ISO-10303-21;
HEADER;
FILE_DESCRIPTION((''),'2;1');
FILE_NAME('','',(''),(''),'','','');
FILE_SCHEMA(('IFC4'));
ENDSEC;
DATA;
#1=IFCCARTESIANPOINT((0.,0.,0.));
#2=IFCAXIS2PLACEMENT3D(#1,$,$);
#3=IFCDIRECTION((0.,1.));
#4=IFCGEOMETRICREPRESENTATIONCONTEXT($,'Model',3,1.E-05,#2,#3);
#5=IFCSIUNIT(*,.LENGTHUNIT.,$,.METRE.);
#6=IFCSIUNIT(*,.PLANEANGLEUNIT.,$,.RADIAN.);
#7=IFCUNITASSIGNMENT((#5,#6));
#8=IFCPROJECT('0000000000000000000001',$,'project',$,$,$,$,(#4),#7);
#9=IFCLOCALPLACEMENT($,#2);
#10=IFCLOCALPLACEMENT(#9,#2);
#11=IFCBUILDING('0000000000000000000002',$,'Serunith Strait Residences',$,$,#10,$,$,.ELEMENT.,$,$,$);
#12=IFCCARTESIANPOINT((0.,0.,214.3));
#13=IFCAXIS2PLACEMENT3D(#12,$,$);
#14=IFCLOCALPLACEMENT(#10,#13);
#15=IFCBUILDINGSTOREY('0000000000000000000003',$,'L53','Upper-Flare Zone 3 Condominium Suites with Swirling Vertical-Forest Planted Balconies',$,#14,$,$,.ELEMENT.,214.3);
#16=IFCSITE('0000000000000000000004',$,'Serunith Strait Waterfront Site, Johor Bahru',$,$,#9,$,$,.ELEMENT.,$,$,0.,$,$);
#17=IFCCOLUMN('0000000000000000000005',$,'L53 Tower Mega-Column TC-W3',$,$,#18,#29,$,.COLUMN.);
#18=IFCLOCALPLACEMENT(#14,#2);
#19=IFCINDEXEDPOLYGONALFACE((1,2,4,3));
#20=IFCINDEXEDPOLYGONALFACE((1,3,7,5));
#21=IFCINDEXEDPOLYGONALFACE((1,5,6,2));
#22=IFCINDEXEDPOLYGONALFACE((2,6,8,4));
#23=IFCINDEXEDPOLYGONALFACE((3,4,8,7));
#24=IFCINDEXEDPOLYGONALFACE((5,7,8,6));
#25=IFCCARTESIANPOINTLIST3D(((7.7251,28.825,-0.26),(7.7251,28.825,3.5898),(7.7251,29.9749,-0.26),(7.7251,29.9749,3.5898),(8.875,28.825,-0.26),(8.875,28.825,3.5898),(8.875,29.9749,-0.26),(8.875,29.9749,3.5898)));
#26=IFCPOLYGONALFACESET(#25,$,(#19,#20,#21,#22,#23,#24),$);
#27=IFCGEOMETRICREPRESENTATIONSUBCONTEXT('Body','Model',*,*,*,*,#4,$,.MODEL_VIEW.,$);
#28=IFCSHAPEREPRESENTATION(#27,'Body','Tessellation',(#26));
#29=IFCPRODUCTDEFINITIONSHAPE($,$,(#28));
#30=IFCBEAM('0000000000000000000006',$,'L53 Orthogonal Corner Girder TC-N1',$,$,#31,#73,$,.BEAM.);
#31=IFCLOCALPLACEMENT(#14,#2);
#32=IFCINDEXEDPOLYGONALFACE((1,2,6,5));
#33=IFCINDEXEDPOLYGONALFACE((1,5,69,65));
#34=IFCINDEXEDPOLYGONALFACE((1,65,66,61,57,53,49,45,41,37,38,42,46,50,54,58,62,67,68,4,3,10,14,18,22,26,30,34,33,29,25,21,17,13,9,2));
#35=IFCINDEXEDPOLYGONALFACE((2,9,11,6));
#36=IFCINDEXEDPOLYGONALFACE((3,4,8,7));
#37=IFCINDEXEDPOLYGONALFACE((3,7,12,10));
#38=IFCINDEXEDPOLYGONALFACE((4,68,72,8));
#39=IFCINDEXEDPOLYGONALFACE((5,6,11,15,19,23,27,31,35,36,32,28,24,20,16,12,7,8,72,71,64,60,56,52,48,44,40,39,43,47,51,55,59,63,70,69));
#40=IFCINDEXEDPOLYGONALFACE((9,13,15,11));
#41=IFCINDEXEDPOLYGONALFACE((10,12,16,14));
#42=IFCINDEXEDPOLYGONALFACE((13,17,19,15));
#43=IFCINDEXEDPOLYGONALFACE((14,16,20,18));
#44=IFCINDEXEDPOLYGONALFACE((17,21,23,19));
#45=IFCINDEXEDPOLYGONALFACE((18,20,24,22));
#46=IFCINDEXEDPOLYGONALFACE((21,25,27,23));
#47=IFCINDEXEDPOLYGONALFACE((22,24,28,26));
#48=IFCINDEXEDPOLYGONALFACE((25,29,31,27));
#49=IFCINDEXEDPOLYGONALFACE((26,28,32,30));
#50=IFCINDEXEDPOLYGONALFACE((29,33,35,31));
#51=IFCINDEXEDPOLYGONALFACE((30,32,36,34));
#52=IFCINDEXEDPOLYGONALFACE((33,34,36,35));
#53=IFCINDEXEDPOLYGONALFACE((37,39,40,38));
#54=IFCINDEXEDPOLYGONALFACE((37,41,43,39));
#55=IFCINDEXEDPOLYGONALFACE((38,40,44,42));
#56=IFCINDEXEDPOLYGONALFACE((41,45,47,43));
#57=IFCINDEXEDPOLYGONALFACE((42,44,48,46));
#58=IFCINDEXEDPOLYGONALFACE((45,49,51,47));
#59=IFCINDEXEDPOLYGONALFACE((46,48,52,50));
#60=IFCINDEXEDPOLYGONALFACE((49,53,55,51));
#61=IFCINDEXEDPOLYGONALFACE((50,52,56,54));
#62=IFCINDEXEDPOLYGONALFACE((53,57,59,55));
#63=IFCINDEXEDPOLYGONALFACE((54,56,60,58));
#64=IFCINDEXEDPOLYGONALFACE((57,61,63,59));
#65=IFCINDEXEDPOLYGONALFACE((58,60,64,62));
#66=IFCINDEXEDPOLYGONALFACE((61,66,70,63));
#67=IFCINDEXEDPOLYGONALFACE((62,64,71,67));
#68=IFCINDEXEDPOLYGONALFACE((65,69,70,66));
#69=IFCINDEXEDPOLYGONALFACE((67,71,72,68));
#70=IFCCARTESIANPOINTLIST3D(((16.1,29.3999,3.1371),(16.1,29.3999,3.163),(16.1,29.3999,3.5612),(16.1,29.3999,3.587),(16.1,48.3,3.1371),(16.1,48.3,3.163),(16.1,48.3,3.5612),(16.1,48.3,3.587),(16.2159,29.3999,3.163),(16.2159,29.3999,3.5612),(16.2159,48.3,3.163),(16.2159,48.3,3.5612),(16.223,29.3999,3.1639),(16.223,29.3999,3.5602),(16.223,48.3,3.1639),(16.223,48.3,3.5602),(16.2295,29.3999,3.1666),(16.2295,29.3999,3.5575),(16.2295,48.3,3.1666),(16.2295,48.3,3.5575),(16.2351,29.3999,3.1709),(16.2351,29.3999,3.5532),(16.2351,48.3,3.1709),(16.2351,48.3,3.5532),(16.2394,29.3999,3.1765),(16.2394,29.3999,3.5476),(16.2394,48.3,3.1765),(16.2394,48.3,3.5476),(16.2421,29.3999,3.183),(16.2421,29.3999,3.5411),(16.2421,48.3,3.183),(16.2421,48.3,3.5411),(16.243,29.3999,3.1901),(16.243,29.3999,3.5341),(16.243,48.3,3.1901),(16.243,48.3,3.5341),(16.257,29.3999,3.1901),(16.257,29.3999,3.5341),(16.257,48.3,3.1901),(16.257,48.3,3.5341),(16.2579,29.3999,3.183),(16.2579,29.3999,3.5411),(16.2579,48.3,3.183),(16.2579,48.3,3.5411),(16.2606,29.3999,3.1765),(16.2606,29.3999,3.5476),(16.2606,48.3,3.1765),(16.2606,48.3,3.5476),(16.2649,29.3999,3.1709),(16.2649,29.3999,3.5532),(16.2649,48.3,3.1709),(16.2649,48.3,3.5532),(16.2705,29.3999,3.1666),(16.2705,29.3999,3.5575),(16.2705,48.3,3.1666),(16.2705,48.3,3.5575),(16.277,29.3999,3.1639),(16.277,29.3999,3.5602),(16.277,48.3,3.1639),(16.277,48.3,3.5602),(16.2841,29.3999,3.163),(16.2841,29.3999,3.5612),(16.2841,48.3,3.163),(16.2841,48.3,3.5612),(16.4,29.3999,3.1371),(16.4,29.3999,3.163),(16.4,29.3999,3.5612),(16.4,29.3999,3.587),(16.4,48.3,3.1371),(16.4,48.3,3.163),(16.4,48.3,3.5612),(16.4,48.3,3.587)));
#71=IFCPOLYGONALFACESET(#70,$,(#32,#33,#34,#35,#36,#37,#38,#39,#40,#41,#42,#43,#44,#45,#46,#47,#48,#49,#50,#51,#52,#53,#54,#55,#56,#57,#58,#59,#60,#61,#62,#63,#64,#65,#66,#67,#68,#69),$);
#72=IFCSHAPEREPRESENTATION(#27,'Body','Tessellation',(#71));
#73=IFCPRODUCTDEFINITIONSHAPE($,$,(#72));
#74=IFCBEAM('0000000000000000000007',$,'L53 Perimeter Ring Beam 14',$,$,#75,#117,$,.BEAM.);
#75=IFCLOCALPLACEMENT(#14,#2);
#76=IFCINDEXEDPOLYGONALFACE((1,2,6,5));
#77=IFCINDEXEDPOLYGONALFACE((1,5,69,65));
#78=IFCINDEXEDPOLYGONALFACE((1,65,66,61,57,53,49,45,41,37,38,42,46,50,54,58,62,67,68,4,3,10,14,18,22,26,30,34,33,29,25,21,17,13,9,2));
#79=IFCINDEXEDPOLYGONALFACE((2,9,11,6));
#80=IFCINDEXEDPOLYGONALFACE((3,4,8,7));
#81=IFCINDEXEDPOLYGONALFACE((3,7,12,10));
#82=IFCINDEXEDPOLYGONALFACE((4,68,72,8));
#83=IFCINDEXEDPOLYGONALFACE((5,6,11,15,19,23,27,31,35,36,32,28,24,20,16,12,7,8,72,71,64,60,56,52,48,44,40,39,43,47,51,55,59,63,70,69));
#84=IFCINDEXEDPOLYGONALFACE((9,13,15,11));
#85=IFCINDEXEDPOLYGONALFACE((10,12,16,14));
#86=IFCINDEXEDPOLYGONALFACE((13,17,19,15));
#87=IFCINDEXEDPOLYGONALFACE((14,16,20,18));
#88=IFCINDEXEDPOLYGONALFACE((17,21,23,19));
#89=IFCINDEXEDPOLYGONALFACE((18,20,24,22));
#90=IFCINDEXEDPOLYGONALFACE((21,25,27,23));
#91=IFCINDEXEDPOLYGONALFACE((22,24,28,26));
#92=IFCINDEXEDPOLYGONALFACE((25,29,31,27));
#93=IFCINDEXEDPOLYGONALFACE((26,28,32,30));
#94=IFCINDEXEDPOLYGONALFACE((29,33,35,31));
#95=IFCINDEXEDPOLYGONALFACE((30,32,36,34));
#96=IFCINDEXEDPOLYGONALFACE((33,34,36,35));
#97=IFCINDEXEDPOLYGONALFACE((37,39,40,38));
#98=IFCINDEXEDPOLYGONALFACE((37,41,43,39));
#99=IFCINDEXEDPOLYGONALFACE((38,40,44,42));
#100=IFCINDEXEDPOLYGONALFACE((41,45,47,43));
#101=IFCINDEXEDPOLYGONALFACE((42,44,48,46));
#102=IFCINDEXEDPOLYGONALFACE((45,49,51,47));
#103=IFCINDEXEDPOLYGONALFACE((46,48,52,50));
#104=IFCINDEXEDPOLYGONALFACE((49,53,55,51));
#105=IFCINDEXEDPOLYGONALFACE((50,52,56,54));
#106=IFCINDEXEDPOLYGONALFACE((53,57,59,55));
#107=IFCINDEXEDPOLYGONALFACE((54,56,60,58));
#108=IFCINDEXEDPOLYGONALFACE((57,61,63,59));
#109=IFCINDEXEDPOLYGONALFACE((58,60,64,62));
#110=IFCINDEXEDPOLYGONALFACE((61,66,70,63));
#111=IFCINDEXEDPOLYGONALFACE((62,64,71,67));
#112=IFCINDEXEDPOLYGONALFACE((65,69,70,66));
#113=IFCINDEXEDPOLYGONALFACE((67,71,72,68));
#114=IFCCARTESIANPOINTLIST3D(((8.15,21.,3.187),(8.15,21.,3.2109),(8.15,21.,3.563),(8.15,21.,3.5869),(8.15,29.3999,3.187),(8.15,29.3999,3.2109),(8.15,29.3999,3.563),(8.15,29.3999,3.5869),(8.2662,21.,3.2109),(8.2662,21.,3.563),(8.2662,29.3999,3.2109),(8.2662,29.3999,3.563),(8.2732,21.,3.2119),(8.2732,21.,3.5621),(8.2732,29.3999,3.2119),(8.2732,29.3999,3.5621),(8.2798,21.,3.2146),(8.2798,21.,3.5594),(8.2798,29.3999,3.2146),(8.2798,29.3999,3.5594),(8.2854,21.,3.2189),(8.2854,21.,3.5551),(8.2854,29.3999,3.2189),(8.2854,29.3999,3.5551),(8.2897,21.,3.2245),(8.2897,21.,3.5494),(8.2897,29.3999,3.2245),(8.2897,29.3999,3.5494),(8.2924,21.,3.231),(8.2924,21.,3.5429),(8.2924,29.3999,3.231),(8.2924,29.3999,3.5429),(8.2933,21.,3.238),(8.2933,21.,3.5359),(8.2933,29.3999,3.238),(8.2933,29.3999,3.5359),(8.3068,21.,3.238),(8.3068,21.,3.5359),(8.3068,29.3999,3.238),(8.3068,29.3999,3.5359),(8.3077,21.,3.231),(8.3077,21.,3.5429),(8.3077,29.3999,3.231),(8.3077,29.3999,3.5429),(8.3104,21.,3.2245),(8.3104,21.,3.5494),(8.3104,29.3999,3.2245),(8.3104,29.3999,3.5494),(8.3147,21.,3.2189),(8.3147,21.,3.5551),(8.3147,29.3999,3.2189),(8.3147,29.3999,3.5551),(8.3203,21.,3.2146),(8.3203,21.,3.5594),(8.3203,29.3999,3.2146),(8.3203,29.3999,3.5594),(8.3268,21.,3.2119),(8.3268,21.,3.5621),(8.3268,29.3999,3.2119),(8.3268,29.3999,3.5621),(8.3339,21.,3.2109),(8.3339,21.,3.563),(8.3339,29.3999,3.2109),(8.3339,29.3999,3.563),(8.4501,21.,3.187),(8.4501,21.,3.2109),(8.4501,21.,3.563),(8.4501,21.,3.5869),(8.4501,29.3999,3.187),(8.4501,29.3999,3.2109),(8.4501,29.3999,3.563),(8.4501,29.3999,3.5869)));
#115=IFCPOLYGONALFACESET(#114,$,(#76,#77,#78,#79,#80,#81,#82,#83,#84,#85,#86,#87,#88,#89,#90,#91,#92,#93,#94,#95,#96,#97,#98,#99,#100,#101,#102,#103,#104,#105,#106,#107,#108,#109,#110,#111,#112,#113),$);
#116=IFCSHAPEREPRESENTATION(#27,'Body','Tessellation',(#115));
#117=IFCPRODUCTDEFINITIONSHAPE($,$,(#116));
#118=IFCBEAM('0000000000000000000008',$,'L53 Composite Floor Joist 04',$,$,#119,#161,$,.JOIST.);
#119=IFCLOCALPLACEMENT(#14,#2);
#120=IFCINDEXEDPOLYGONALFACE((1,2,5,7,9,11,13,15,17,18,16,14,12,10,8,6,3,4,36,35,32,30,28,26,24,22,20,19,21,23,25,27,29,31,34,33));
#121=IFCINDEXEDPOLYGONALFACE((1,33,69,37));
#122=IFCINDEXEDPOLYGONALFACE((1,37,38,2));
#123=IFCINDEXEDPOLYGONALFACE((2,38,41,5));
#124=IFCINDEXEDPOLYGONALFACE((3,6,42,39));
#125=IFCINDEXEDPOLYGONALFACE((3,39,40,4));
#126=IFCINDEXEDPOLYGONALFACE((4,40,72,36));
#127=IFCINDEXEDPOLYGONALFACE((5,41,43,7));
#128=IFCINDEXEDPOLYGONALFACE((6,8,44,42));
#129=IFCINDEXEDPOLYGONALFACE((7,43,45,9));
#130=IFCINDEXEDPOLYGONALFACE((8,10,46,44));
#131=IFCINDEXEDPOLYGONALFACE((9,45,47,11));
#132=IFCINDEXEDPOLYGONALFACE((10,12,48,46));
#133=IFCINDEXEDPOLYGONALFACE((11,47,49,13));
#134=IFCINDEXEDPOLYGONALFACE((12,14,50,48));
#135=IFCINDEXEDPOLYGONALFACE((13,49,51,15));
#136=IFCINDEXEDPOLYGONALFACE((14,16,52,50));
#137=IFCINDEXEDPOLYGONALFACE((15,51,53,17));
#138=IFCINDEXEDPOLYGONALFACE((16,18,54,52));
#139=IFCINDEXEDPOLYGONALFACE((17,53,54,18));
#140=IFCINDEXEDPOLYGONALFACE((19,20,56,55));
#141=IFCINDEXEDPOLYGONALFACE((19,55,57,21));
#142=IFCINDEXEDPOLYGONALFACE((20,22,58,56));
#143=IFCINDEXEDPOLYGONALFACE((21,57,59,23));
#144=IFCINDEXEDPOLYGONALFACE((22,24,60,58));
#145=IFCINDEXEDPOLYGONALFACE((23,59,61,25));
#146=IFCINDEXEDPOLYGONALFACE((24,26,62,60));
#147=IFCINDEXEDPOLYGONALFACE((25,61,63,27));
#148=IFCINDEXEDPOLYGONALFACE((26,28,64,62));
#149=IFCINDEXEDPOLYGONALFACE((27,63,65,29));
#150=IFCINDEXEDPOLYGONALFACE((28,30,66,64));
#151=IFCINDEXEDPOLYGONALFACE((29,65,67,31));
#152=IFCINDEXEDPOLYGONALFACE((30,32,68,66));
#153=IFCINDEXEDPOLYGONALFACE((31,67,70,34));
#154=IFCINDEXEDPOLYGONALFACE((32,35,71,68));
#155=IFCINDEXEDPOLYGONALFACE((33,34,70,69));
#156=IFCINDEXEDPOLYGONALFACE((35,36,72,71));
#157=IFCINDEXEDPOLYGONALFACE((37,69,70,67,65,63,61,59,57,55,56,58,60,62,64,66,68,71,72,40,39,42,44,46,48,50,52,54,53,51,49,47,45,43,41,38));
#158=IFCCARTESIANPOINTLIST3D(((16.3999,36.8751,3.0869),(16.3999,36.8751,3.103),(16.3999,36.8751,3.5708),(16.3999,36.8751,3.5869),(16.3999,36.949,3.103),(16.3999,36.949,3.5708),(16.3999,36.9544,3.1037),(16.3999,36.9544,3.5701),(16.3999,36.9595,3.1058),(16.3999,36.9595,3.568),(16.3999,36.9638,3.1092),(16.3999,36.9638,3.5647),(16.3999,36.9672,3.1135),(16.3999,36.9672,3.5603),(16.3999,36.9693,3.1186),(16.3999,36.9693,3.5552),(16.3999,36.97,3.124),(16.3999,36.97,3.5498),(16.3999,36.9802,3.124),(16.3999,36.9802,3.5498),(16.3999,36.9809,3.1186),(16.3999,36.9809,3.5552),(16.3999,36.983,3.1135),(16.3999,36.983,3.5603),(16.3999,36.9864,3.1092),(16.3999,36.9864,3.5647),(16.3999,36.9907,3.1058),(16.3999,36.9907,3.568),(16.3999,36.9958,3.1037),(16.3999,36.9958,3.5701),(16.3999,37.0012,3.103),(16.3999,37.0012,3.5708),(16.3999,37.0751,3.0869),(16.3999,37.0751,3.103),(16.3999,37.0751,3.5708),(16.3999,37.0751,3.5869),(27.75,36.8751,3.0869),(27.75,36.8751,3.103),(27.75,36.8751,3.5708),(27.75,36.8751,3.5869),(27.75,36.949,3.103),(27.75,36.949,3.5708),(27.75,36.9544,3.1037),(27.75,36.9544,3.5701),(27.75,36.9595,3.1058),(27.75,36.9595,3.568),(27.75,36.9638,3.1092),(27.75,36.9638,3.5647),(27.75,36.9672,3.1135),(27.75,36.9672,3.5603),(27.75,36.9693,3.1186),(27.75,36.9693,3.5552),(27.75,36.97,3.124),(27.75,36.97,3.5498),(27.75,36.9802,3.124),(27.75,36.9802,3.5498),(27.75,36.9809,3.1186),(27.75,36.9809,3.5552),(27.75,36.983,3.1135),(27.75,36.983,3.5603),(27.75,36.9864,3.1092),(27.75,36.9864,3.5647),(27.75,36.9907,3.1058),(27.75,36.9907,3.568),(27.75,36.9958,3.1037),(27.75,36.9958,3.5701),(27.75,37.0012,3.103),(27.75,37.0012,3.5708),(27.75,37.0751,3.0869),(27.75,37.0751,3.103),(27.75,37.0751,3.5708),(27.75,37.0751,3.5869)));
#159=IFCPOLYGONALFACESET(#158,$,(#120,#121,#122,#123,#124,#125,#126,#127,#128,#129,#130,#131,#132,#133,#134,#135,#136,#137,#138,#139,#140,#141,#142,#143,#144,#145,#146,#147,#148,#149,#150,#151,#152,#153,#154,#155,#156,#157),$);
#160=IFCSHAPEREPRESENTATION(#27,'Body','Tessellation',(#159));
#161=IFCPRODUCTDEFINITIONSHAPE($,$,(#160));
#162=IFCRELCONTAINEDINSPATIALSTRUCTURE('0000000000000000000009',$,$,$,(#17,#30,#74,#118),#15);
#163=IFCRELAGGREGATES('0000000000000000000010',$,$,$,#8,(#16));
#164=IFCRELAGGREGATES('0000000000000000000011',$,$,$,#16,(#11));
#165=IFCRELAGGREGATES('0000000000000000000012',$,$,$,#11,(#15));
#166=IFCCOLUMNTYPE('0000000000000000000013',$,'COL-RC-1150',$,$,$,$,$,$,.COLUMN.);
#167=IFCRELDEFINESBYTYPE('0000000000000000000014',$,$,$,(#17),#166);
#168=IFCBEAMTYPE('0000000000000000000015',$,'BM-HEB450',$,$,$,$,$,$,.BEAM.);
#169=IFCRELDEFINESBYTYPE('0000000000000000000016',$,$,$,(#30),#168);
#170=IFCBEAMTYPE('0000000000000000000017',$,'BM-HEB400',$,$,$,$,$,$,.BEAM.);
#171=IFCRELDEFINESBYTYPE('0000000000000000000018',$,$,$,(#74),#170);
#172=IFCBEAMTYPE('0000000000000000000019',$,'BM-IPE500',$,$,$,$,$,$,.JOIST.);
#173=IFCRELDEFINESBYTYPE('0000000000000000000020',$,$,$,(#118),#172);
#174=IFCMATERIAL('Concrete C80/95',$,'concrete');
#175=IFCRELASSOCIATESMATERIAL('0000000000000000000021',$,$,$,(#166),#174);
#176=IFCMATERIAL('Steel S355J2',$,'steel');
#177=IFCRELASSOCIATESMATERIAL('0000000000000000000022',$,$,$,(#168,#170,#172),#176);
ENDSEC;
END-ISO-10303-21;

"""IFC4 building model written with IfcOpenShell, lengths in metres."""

from ifc_helpers import new_model, si_unit, direction, frame, origin, origin_2d, place, context, subcontext, project, spatial, rectangle, i_section, extrude, source, transform, mapped, material, material_profile, profile_set, type_object, element, save


model = new_model("IFC4")

# Units and contexts
model_context = context("Model", 3, precision=1e-05, world=origin(), true_north=direction((0.0, 1.0)))
body_context = subcontext(model_context, "Body", "Model", "MODEL_VIEW")
ifc_project = project(units=[si_unit("LENGTHUNIT", "METRE"), si_unit("PLANEANGLEUNIT", "RADIAN")], contexts=[model_context])

# Site, building, storey
site_placement = place(None, origin())
site = spatial("IfcSite", under=ifc_project, at=site_placement, Name="Serunith Strait Waterfront Site, Johor Bahru", CompositionType="ELEMENT", RefElevation=0.0)
building_placement = place(site_placement, origin())
building = spatial("IfcBuilding", under=site, at=building_placement, Name="Serunith Strait Residences", CompositionType="ELEMENT")
storey_placement = place(building_placement, frame((0.0, 0.0, 214.3)))
storey = spatial("IfcBuildingStorey", under=building, at=storey_placement, Name="L53", Description="Upper-Flare Zone 3 Condominium Suites with Swirling Vertical-Forest Planted Balconies", CompositionType="ELEMENT", Elevation=214.3)

# Column
ifc_material_1 = material(Name="Concrete C80/95", Category="concrete")
ifc_material_profile_1 = material_profile(ifc_material_1, rectangle(XDim=1.1499, YDim=1.1499, at=origin_2d()), Name="RC 1150x1150")
ifc_profile_set_1 = profile_set([ifc_material_profile_1], Name="Concrete C80/95")
column_type = type_object("IfcColumnType", Name="COL-RC-1150", PredefinedType="COLUMN", material=ifc_profile_set_1)
shared_shape_1 = source(origin(), body_context, "Body", "SweptSolid", [
    extrude(rectangle(XDim=1.1499, YDim=1.1499, at=origin_2d()), origin(), (0.0, 0.0, 1.0), 3.8499),
])
column_placement = place(storey_placement, frame((8.3, 29.3999, -0.26), z_axis=(0.0, 0.0, 1.0), x_axis=(1.0, 0.0, 0.0)))
element("IfcColumn", 1, at=column_placement, inside=storey, type_object=column_type, Name="L53 Tower Mega-Column TC-W3", PredefinedType="COLUMN", context=body_context, shape_type="MappedRepresentation", body=[
    mapped(shared_shape_1, transform((0.0, 0.0, 0.0), scale=1.0)),
])

# Beams
ifc_material_2 = material(Name="Steel S355J2", Category="steel")
ifc_material_profile_2 = material_profile(ifc_material_2, i_section(OverallWidth=0.3, OverallDepth=0.45, WebThickness=0.0139, FlangeThickness=0.0259, FilletRadius=0.0271, at=origin_2d()), Name="HEB 450")
ifc_profile_set_2 = profile_set([ifc_material_profile_2], Name="Steel S355J2")
beam_type_1 = type_object("IfcBeamType", Name="BM-HEB450", PredefinedType="BEAM", material=ifc_profile_set_2)
shared_shape_2 = source(origin(), body_context, "Body", "SweptSolid", [
    extrude(i_section(OverallWidth=0.3, OverallDepth=0.45, WebThickness=0.0139, FlangeThickness=0.0259, FilletRadius=0.0271, at=origin_2d()), origin(), (0.0, 0.0, 1.0), 18.9001),
])
beam_1_placement = place(storey_placement, frame((16.25, 29.3999, 3.3621), z_axis=(0.0, 1.0, 0.0), x_axis=(-1.0, 0.0, 0.0)))
element("IfcBeam", 2, at=beam_1_placement, inside=storey, type_object=beam_type_1, Name="L53 Orthogonal Corner Girder TC-N1", PredefinedType="BEAM", context=body_context, shape_type="MappedRepresentation", body=[
    mapped(shared_shape_2, transform((0.0, 0.0, 0.0), scale=1.0)),
])
ifc_material_profile_3 = material_profile(ifc_material_2, i_section(OverallWidth=0.3, OverallDepth=0.3999, WebThickness=0.0134, FlangeThickness=0.0239, FilletRadius=0.0271, at=origin_2d()), Name="HEB 400")
ifc_profile_set_3 = profile_set([ifc_material_profile_3], Name="Steel S355J2")
beam_type_2 = type_object("IfcBeamType", Name="BM-HEB400", PredefinedType="BEAM", material=ifc_profile_set_3)
shared_shape_3 = source(origin(), body_context, "Body", "SweptSolid", [
    extrude(i_section(OverallWidth=0.3, OverallDepth=0.3999, WebThickness=0.0134, FlangeThickness=0.0239, FilletRadius=0.0271, at=origin_2d()), origin(), (0.0, 0.0, 1.0), 8.3999),
])
beam_2_placement = place(storey_placement, frame((8.3, 29.3999, 3.387), z_axis=(0.0, -1.0, 0.0), x_axis=(1.0, 0.0, 0.0)))
element("IfcBeam", 3, at=beam_2_placement, inside=storey, type_object=beam_type_2, Name="L53 Perimeter Ring Beam 14", PredefinedType="BEAM", context=body_context, shape_type="MappedRepresentation", body=[
    mapped(shared_shape_3, transform((0.0, 0.0, 0.0), scale=1.0)),
])
ifc_material_profile_4 = material_profile(ifc_material_2, i_section(OverallWidth=0.2, OverallDepth=0.5, WebThickness=0.0103, FlangeThickness=0.0161, FilletRadius=0.021, at=origin_2d()), Name="IPE 500")
ifc_profile_set_4 = profile_set([ifc_material_profile_4], Name="Steel S355J2")
beam_type_3 = type_object("IfcBeamType", Name="BM-IPE500", PredefinedType="JOIST", material=ifc_profile_set_4)
shared_shape_4 = source(origin(), body_context, "Body", "SweptSolid", [
    extrude(i_section(OverallWidth=0.2, OverallDepth=0.5, WebThickness=0.0103, FlangeThickness=0.0161, FilletRadius=0.021, at=origin_2d()), origin(), (0.0, 0.0, 1.0), 11.3501),
])
beam_3_placement = place(storey_placement, frame((16.3999, 36.9751, 3.3369), z_axis=(1.0, 0.0, 0.0), x_axis=(0.0, 1.0, 0.0)))
element("IfcBeam", 4, at=beam_3_placement, inside=storey, type_object=beam_type_3, Name="L53 Composite Floor Joist 04", PredefinedType="JOIST", context=body_context, shape_type="MappedRepresentation", body=[
    mapped(shared_shape_4, transform((0.0, 0.0, 0.0), scale=1.0)),
])

save(model, "model.ifc")
